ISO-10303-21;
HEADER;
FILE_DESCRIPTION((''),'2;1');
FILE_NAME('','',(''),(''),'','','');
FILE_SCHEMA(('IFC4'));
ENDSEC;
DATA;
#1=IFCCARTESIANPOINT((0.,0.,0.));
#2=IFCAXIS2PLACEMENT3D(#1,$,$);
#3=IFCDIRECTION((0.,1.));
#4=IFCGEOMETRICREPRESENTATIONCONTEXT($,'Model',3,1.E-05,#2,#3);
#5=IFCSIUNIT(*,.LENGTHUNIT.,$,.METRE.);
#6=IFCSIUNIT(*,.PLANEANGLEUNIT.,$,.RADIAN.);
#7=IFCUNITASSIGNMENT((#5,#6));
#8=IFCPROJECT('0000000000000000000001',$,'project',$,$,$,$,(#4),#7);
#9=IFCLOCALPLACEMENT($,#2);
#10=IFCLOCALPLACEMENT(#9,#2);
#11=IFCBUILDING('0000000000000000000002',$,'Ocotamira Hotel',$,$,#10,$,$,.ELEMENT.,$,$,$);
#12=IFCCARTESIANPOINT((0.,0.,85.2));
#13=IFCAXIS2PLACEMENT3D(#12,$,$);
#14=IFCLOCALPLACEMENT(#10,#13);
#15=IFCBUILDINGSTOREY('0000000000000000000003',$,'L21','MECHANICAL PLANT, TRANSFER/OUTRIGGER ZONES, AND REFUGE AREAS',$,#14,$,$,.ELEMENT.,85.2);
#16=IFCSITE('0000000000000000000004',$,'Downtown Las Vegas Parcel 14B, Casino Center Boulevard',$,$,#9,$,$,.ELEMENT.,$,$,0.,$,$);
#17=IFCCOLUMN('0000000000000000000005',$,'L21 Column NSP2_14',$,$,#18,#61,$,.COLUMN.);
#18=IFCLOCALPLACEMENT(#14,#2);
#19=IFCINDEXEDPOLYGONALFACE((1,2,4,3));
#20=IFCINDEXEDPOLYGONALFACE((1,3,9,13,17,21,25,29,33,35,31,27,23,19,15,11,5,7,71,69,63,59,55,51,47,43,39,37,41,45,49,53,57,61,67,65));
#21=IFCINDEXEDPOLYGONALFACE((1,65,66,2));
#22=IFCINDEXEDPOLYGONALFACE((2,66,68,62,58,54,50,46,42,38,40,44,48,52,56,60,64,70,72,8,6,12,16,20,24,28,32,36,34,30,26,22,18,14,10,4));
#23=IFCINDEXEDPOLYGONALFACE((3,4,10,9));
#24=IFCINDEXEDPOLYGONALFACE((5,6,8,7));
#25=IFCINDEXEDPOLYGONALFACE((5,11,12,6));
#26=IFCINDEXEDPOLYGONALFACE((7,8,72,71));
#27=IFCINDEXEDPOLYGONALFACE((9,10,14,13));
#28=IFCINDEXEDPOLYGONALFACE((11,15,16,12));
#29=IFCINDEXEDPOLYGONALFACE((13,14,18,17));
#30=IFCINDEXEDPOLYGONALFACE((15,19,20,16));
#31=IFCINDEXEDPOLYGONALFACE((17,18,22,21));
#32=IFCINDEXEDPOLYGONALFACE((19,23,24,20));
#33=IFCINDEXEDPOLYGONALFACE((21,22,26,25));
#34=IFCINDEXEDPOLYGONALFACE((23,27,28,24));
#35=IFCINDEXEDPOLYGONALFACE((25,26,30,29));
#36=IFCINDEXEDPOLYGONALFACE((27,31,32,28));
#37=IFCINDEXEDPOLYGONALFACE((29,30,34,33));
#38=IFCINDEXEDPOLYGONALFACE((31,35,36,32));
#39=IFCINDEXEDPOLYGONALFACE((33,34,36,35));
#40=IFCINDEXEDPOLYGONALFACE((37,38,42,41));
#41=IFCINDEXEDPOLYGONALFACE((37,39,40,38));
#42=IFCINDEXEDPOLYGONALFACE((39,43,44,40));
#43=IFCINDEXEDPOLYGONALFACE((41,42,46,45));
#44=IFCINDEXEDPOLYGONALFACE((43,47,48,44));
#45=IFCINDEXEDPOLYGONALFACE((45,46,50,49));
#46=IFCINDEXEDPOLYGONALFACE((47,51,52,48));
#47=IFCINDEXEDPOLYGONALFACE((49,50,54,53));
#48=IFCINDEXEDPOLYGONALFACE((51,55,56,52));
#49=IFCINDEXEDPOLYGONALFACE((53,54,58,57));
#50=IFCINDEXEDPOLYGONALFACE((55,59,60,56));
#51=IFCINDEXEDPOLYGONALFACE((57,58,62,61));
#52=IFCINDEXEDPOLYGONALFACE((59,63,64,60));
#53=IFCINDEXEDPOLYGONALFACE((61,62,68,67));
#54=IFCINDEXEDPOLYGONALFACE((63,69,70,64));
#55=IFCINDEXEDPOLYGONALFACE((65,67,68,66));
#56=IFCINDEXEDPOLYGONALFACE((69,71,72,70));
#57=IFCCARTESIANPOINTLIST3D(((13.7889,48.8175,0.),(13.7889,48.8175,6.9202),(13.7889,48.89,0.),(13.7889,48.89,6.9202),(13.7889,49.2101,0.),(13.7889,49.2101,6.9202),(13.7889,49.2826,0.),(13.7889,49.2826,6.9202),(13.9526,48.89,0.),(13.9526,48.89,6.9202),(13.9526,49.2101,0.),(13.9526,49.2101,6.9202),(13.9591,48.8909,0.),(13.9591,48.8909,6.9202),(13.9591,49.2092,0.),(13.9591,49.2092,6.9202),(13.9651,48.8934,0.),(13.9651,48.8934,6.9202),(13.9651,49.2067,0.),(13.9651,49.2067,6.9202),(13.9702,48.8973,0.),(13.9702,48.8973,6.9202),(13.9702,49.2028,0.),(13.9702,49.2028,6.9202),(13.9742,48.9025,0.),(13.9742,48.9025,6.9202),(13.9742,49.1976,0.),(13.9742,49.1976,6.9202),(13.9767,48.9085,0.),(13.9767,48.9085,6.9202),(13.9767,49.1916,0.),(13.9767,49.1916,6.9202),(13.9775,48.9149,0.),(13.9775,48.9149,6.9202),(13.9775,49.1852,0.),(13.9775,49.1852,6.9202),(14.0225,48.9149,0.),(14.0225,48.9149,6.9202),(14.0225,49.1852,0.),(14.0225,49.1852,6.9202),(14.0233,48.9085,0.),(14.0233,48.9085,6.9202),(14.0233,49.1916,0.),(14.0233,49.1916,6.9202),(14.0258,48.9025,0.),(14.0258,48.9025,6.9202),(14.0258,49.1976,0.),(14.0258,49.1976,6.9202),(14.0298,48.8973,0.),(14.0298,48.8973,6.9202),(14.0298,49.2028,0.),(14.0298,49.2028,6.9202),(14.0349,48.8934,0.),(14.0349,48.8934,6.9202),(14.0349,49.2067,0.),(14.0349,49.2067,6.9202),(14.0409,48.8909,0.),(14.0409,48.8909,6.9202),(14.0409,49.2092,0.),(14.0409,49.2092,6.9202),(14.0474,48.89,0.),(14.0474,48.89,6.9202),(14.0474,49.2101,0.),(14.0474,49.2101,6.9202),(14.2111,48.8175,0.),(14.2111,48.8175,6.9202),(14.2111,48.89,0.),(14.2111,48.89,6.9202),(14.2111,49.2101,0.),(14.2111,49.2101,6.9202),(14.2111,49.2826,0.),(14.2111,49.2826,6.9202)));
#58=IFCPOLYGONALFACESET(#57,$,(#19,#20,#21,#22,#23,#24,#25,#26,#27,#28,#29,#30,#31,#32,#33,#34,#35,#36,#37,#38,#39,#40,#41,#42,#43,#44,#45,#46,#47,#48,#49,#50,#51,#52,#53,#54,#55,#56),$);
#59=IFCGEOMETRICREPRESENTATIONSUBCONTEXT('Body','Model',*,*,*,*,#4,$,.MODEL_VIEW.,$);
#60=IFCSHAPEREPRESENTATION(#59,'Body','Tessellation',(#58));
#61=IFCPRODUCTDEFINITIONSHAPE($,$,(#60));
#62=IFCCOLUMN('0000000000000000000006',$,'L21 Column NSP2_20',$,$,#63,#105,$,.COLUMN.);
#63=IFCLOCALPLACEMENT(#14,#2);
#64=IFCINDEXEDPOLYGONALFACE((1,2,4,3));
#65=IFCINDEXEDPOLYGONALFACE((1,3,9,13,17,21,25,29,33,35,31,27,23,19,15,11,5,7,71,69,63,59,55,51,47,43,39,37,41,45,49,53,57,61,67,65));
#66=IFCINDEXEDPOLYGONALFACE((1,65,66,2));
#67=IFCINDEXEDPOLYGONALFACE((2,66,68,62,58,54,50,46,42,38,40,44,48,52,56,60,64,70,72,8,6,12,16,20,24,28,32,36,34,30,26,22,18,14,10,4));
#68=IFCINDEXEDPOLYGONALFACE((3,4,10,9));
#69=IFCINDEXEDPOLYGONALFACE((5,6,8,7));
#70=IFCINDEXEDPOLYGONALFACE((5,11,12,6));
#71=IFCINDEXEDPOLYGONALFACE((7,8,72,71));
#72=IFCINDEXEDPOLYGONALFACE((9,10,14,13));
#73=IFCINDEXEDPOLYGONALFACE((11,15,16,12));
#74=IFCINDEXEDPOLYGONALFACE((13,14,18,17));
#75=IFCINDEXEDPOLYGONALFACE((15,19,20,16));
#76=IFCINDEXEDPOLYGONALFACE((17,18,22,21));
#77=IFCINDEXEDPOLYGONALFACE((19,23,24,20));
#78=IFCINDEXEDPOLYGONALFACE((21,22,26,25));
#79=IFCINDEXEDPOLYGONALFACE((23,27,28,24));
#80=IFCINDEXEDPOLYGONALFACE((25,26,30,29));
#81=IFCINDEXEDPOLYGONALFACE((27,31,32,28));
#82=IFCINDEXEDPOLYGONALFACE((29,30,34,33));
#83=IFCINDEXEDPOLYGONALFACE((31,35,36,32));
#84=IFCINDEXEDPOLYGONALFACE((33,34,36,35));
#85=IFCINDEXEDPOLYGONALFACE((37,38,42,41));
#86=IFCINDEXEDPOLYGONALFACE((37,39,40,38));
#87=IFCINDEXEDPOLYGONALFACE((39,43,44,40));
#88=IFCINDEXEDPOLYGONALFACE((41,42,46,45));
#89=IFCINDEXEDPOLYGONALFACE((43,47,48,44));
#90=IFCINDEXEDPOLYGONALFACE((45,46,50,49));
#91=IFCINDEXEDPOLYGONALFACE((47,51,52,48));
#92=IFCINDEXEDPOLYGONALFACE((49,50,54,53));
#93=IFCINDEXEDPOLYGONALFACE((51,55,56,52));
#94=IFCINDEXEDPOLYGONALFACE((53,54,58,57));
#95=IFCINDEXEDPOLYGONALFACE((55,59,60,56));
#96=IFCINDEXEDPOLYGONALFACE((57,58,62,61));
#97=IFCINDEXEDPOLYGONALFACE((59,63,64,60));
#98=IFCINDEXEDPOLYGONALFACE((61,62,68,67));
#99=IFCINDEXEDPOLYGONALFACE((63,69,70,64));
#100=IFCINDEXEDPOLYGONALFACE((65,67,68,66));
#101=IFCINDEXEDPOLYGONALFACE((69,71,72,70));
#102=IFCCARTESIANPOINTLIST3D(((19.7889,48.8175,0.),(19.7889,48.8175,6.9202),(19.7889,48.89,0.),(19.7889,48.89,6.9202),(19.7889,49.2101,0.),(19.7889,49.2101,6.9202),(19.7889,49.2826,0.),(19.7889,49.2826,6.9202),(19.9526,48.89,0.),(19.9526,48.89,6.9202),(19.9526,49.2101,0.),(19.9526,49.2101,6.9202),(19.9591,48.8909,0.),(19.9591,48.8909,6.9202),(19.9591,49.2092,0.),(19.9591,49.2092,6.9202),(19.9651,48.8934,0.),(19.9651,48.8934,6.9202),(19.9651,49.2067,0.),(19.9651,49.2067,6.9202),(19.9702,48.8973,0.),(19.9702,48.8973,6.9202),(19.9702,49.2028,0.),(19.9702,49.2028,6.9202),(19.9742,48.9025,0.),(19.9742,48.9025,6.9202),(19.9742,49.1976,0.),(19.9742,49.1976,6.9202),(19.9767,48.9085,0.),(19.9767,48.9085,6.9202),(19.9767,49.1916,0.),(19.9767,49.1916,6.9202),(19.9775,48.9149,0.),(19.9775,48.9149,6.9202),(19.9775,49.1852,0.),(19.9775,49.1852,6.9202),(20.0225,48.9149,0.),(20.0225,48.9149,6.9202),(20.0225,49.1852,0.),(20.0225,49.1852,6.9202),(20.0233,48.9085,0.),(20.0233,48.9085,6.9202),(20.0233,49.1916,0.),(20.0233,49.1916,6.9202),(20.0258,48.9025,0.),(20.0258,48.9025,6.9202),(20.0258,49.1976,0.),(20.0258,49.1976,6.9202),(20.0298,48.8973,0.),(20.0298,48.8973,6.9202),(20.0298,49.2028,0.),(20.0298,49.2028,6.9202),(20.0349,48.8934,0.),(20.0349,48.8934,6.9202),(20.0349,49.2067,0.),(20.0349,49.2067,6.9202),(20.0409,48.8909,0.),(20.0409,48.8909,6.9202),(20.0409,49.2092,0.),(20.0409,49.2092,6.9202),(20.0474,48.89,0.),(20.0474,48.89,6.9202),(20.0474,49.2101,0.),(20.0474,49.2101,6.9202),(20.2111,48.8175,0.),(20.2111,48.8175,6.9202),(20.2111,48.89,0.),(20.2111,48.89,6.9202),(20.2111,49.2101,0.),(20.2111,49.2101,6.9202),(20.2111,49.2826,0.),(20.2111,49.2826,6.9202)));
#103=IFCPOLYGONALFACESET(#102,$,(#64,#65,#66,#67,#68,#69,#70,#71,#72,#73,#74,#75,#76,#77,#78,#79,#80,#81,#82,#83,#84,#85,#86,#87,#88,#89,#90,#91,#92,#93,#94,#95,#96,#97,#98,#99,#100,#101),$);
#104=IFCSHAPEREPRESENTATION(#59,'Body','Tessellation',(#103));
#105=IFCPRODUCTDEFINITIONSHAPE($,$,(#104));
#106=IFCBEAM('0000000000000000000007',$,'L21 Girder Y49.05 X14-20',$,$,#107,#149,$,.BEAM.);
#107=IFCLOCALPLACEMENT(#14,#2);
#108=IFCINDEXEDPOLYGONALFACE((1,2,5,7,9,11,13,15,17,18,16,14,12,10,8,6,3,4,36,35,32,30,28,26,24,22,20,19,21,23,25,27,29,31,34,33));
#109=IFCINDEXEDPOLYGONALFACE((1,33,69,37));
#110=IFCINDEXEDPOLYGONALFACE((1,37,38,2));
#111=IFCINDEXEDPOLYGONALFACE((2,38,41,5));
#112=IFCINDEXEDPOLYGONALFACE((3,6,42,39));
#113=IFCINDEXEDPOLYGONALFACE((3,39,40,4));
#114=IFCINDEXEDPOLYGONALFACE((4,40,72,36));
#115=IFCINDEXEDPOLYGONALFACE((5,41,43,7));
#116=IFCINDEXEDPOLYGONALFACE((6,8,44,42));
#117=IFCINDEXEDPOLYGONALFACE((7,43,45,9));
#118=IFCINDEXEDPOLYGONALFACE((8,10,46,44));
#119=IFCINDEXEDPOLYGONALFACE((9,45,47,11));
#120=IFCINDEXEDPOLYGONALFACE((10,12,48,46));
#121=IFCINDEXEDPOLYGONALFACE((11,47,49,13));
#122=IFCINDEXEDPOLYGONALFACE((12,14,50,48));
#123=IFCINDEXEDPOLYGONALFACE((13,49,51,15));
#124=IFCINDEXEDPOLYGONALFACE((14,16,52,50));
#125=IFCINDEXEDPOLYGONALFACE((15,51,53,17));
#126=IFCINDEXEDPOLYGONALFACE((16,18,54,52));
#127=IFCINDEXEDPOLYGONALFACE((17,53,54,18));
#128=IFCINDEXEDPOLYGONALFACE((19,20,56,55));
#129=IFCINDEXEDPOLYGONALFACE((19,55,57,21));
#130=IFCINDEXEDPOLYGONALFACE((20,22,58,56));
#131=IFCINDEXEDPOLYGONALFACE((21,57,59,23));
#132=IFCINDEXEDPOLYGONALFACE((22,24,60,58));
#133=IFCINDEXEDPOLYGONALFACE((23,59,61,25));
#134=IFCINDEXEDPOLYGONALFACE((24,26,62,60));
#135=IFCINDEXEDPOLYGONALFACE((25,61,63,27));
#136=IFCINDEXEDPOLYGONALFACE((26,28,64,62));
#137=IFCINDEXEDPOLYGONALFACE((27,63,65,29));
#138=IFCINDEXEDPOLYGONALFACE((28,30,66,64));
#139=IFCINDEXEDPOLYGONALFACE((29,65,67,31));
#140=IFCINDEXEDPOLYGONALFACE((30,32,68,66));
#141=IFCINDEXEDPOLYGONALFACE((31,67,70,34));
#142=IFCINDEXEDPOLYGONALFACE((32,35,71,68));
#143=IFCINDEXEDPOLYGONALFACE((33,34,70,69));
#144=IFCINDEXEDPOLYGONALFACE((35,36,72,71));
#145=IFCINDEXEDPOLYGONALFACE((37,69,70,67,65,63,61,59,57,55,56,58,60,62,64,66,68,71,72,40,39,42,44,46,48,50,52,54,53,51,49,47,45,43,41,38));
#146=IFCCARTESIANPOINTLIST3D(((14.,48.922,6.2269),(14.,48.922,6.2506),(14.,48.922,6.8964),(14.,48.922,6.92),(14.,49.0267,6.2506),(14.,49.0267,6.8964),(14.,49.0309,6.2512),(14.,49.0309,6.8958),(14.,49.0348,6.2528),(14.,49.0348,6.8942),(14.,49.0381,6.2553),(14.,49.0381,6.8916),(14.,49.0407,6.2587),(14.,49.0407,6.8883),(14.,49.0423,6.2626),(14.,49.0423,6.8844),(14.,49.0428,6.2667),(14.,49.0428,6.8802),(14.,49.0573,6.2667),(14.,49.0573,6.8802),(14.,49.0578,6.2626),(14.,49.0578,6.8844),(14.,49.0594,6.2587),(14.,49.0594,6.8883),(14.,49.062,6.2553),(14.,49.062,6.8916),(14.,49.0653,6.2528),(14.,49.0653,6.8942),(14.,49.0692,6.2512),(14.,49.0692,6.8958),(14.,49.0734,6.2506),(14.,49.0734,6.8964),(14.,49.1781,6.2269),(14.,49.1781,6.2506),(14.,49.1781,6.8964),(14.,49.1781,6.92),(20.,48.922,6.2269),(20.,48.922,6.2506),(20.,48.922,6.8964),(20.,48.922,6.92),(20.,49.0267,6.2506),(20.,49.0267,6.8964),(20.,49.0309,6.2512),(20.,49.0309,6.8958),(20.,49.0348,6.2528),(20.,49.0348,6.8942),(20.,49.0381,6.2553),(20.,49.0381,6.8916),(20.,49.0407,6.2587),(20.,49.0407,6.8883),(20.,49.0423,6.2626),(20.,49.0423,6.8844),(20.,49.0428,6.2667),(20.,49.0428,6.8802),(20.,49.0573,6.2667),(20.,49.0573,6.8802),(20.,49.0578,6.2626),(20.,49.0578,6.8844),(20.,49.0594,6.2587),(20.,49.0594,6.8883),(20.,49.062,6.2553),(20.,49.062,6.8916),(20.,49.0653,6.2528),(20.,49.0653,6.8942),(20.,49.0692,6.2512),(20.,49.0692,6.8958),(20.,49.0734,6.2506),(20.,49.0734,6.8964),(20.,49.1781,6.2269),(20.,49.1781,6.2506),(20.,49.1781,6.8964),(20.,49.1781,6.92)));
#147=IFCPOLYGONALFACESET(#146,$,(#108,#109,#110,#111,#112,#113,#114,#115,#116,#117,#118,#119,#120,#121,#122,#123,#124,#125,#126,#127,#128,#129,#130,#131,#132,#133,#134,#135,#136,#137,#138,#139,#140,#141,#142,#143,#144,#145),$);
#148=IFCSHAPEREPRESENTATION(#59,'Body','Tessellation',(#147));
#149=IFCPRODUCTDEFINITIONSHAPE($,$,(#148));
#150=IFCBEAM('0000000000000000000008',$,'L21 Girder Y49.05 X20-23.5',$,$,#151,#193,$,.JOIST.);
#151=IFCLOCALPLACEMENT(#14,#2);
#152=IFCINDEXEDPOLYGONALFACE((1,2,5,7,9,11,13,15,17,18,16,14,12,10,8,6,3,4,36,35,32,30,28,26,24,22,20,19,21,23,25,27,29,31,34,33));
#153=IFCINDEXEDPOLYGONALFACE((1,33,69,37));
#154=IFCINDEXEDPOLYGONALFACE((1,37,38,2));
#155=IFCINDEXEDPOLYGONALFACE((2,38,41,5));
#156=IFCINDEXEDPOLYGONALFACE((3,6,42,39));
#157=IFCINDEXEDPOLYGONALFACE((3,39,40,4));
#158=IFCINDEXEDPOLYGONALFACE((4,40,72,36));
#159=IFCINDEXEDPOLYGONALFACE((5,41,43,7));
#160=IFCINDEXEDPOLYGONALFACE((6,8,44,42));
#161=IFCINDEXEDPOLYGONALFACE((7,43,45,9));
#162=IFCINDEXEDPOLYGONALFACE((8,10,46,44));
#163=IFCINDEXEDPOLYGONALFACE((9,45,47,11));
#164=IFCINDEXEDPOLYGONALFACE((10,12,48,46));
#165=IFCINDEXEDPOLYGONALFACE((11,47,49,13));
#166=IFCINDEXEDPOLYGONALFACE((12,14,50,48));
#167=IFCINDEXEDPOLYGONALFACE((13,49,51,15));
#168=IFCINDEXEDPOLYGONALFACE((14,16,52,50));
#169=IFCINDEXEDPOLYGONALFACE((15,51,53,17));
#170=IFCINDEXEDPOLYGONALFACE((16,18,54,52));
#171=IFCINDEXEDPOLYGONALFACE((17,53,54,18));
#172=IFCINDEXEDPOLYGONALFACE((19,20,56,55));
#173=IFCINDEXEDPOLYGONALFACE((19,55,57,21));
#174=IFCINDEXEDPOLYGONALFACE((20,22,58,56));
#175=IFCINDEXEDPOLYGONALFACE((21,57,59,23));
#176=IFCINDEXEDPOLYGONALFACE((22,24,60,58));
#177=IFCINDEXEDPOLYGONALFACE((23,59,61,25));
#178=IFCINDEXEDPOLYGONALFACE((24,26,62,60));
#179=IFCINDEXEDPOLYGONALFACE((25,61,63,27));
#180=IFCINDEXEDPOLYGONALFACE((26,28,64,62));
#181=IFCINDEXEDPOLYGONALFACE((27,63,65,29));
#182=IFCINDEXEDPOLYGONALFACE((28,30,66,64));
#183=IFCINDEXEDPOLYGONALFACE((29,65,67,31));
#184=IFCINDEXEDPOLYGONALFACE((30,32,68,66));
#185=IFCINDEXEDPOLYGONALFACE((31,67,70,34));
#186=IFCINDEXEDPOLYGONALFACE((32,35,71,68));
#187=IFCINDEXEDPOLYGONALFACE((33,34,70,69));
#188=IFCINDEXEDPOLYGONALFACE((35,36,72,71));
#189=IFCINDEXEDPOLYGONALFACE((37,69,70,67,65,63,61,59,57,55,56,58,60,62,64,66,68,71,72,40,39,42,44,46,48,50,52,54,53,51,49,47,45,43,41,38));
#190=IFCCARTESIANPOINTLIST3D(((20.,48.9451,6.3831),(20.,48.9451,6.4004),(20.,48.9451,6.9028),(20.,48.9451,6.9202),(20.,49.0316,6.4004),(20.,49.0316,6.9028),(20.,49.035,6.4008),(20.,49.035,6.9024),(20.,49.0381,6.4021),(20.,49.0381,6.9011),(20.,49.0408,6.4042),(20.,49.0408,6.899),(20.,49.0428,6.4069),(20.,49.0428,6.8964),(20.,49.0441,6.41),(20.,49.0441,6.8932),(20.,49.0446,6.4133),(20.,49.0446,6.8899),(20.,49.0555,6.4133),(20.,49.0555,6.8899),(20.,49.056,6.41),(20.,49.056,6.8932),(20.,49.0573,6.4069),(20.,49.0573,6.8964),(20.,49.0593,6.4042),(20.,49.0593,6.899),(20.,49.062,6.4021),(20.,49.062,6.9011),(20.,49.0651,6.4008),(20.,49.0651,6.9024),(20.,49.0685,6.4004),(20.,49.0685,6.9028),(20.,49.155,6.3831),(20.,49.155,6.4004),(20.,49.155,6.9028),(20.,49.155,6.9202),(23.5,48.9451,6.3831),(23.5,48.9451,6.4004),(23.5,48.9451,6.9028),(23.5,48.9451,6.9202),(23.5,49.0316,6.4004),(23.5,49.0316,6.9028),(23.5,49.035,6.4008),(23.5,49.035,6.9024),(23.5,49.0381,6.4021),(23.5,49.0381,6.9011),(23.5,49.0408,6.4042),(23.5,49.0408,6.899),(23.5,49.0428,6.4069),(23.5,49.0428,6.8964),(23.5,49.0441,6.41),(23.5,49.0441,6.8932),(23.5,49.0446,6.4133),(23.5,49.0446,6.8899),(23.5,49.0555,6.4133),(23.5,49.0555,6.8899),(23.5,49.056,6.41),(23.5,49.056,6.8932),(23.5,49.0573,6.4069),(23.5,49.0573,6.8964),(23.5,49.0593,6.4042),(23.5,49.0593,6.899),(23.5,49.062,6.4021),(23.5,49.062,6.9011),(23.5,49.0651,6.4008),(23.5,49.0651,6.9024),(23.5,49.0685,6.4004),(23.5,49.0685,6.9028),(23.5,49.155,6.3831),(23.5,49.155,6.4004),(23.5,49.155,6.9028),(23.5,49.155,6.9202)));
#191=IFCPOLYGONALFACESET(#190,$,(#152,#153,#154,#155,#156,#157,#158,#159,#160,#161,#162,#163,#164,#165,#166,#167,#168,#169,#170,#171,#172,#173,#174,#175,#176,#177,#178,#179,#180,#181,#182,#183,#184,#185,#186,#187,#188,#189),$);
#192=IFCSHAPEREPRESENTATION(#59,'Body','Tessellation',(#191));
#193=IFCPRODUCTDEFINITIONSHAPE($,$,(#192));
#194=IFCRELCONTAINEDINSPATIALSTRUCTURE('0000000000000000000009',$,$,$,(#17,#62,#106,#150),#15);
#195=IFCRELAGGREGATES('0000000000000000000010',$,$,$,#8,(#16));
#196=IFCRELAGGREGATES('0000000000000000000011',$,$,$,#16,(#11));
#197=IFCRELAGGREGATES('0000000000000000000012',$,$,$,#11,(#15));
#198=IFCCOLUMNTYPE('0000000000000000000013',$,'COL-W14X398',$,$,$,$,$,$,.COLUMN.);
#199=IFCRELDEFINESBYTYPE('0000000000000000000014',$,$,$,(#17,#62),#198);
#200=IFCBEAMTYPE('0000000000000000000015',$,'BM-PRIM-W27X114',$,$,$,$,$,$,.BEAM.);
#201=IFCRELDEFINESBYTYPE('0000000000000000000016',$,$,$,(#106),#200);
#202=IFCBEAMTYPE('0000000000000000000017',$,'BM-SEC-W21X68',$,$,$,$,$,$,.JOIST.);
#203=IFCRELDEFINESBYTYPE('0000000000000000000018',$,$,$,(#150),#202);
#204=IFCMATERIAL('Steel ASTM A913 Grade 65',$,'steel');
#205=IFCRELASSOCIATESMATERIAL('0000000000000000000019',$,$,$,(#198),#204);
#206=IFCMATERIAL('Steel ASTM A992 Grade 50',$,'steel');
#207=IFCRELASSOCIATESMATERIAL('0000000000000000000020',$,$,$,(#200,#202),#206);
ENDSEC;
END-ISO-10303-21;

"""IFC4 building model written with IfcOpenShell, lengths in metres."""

from ifc_helpers import new_model, si_unit, direction, frame, origin, origin_2d, place, context, subcontext, project, spatial, i_section, extrude, source, transform, mapped, material, material_profile, profile_set, type_object, element, save


model = new_model("IFC4")

# Units and contexts
model_context = context("Model", 3, precision=1e-05, world=origin(), true_north=direction((0.0, 1.0)))
body_context = subcontext(model_context, "Body", "Model", "MODEL_VIEW")
ifc_project = project(units=[si_unit("LENGTHUNIT", "METRE"), si_unit("PLANEANGLEUNIT", "RADIAN")], contexts=[model_context])

# Site, building, storey
site_placement = place(None, origin())
site = spatial("IfcSite", under=ifc_project, at=site_placement, Name="Downtown Las Vegas Parcel 14B, Casino Center Boulevard", CompositionType="ELEMENT", RefElevation=0.0)
building_placement = place(site_placement, origin())
building = spatial("IfcBuilding", under=site, at=building_placement, Name="Ocotamira Hotel", CompositionType="ELEMENT")
storey_placement = place(building_placement, frame((0.0, 0.0, 85.2)))
storey = spatial("IfcBuildingStorey", under=building, at=storey_placement, Name="L21", Description="MECHANICAL PLANT, TRANSFER/OUTRIGGER ZONES, AND REFUGE AREAS", CompositionType="ELEMENT", Elevation=85.2)

# Columns
ifc_material_1 = material(Name="Steel ASTM A913 Grade 65", Category="steel")
ifc_material_profile_1 = material_profile(ifc_material_1, i_section(OverallWidth=0.4221, OverallDepth=0.4651, WebThickness=0.0449, FlangeThickness=0.0725, FilletRadius=0.0249, at=origin_2d()), Name="W14X398")
ifc_profile_set_1 = profile_set([ifc_material_profile_1], Name="Steel ASTM A913 Grade 65")
column_type = type_object("IfcColumnType", Name="COL-W14X398", PredefinedType="COLUMN", material=ifc_profile_set_1)
shared_shape_1 = source(origin(), body_context, "Body", "SweptSolid", [
    extrude(i_section(OverallWidth=0.4221, OverallDepth=0.4651, WebThickness=0.0449, FlangeThickness=0.0725, FilletRadius=0.0249, at=origin_2d()), origin(), (0.0, 0.0, 1.0), 6.9202),
])
for number, where, z_axis, x_axis, name in (
    (1, (14.0, 49.05, 0.0), (0.0, 0.0, 1.0), (1.0, 0.0, 0.0), "L21 Column NSP2_14"),
    (2, (20.0, 49.05, 0.0), (0.0, 0.0, 1.0), (1.0, 0.0, 0.0), "L21 Column NSP2_20"),
):
    element("IfcColumn", number, at=place(storey_placement, frame(where, z_axis=z_axis, x_axis=x_axis)), inside=storey, type_object=column_type, Name=name, PredefinedType="COLUMN", context=body_context, shape_type="MappedRepresentation", body=[
        mapped(shared_shape_1, transform((0.0, 0.0, 0.0), scale=1.0)),
    ])

# Beams
ifc_material_2 = material(Name="Steel ASTM A992 Grade 50", Category="steel")
ifc_material_profile_2 = material_profile(ifc_material_2, i_section(OverallWidth=0.2561, OverallDepth=0.6931, WebThickness=0.0144, FlangeThickness=0.0237, FilletRadius=0.0161, at=origin_2d()), Name="W27X114")
ifc_profile_set_2 = profile_set([ifc_material_profile_2], Name="Steel ASTM A992 Grade 50")
beam_type_1 = type_object("IfcBeamType", Name="BM-PRIM-W27X114", PredefinedType="BEAM", material=ifc_profile_set_2)
shared_shape_2 = source(origin(), body_context, "Body", "SweptSolid", [
    extrude(i_section(OverallWidth=0.2561, OverallDepth=0.6931, WebThickness=0.0144, FlangeThickness=0.0237, FilletRadius=0.0161, at=origin_2d()), origin(), (0.0, 0.0, 1.0), 6.0),
])
beam_1_placement = place(storey_placement, frame((14.0, 49.05, 6.5735), z_axis=(1.0, 0.0, 0.0), x_axis=(0.0, 1.0, 0.0)))
element("IfcBeam", 3, at=beam_1_placement, inside=storey, type_object=beam_type_1, Name="L21 Girder Y49.05 X14-20", PredefinedType="BEAM", context=body_context, shape_type="MappedRepresentation", body=[
    mapped(shared_shape_2, transform((0.0, 0.0, 0.0), scale=1.0)),
])
ifc_material_profile_3 = material_profile(ifc_material_2, i_section(OverallWidth=0.21, OverallDepth=0.5371, WebThickness=0.011, FlangeThickness=0.0173, FilletRadius=0.0129, at=origin_2d()), Name="W21X68")
ifc_profile_set_3 = profile_set([ifc_material_profile_3], Name="Steel ASTM A992 Grade 50")
beam_type_2 = type_object("IfcBeamType", Name="BM-SEC-W21X68", PredefinedType="JOIST", material=ifc_profile_set_3)
shared_shape_3 = source(origin(), body_context, "Body", "SweptSolid", [
    extrude(i_section(OverallWidth=0.21, OverallDepth=0.5371, WebThickness=0.011, FlangeThickness=0.0173, FilletRadius=0.0129, at=origin_2d()), origin(), (0.0, 0.0, 1.0), 3.5),
])
beam_2_placement = place(storey_placement, frame((20.0, 49.05, 6.6516), z_axis=(1.0, 0.0, 0.0), x_axis=(0.0, 1.0, 0.0)))
element("IfcBeam", 4, at=beam_2_placement, inside=storey, type_object=beam_type_2, Name="L21 Girder Y49.05 X20-23.5", PredefinedType="JOIST", context=body_context, shape_type="MappedRepresentation", body=[
    mapped(shared_shape_3, transform((0.0, 0.0, 0.0), scale=1.0)),
])

save(model, "model.ifc")
